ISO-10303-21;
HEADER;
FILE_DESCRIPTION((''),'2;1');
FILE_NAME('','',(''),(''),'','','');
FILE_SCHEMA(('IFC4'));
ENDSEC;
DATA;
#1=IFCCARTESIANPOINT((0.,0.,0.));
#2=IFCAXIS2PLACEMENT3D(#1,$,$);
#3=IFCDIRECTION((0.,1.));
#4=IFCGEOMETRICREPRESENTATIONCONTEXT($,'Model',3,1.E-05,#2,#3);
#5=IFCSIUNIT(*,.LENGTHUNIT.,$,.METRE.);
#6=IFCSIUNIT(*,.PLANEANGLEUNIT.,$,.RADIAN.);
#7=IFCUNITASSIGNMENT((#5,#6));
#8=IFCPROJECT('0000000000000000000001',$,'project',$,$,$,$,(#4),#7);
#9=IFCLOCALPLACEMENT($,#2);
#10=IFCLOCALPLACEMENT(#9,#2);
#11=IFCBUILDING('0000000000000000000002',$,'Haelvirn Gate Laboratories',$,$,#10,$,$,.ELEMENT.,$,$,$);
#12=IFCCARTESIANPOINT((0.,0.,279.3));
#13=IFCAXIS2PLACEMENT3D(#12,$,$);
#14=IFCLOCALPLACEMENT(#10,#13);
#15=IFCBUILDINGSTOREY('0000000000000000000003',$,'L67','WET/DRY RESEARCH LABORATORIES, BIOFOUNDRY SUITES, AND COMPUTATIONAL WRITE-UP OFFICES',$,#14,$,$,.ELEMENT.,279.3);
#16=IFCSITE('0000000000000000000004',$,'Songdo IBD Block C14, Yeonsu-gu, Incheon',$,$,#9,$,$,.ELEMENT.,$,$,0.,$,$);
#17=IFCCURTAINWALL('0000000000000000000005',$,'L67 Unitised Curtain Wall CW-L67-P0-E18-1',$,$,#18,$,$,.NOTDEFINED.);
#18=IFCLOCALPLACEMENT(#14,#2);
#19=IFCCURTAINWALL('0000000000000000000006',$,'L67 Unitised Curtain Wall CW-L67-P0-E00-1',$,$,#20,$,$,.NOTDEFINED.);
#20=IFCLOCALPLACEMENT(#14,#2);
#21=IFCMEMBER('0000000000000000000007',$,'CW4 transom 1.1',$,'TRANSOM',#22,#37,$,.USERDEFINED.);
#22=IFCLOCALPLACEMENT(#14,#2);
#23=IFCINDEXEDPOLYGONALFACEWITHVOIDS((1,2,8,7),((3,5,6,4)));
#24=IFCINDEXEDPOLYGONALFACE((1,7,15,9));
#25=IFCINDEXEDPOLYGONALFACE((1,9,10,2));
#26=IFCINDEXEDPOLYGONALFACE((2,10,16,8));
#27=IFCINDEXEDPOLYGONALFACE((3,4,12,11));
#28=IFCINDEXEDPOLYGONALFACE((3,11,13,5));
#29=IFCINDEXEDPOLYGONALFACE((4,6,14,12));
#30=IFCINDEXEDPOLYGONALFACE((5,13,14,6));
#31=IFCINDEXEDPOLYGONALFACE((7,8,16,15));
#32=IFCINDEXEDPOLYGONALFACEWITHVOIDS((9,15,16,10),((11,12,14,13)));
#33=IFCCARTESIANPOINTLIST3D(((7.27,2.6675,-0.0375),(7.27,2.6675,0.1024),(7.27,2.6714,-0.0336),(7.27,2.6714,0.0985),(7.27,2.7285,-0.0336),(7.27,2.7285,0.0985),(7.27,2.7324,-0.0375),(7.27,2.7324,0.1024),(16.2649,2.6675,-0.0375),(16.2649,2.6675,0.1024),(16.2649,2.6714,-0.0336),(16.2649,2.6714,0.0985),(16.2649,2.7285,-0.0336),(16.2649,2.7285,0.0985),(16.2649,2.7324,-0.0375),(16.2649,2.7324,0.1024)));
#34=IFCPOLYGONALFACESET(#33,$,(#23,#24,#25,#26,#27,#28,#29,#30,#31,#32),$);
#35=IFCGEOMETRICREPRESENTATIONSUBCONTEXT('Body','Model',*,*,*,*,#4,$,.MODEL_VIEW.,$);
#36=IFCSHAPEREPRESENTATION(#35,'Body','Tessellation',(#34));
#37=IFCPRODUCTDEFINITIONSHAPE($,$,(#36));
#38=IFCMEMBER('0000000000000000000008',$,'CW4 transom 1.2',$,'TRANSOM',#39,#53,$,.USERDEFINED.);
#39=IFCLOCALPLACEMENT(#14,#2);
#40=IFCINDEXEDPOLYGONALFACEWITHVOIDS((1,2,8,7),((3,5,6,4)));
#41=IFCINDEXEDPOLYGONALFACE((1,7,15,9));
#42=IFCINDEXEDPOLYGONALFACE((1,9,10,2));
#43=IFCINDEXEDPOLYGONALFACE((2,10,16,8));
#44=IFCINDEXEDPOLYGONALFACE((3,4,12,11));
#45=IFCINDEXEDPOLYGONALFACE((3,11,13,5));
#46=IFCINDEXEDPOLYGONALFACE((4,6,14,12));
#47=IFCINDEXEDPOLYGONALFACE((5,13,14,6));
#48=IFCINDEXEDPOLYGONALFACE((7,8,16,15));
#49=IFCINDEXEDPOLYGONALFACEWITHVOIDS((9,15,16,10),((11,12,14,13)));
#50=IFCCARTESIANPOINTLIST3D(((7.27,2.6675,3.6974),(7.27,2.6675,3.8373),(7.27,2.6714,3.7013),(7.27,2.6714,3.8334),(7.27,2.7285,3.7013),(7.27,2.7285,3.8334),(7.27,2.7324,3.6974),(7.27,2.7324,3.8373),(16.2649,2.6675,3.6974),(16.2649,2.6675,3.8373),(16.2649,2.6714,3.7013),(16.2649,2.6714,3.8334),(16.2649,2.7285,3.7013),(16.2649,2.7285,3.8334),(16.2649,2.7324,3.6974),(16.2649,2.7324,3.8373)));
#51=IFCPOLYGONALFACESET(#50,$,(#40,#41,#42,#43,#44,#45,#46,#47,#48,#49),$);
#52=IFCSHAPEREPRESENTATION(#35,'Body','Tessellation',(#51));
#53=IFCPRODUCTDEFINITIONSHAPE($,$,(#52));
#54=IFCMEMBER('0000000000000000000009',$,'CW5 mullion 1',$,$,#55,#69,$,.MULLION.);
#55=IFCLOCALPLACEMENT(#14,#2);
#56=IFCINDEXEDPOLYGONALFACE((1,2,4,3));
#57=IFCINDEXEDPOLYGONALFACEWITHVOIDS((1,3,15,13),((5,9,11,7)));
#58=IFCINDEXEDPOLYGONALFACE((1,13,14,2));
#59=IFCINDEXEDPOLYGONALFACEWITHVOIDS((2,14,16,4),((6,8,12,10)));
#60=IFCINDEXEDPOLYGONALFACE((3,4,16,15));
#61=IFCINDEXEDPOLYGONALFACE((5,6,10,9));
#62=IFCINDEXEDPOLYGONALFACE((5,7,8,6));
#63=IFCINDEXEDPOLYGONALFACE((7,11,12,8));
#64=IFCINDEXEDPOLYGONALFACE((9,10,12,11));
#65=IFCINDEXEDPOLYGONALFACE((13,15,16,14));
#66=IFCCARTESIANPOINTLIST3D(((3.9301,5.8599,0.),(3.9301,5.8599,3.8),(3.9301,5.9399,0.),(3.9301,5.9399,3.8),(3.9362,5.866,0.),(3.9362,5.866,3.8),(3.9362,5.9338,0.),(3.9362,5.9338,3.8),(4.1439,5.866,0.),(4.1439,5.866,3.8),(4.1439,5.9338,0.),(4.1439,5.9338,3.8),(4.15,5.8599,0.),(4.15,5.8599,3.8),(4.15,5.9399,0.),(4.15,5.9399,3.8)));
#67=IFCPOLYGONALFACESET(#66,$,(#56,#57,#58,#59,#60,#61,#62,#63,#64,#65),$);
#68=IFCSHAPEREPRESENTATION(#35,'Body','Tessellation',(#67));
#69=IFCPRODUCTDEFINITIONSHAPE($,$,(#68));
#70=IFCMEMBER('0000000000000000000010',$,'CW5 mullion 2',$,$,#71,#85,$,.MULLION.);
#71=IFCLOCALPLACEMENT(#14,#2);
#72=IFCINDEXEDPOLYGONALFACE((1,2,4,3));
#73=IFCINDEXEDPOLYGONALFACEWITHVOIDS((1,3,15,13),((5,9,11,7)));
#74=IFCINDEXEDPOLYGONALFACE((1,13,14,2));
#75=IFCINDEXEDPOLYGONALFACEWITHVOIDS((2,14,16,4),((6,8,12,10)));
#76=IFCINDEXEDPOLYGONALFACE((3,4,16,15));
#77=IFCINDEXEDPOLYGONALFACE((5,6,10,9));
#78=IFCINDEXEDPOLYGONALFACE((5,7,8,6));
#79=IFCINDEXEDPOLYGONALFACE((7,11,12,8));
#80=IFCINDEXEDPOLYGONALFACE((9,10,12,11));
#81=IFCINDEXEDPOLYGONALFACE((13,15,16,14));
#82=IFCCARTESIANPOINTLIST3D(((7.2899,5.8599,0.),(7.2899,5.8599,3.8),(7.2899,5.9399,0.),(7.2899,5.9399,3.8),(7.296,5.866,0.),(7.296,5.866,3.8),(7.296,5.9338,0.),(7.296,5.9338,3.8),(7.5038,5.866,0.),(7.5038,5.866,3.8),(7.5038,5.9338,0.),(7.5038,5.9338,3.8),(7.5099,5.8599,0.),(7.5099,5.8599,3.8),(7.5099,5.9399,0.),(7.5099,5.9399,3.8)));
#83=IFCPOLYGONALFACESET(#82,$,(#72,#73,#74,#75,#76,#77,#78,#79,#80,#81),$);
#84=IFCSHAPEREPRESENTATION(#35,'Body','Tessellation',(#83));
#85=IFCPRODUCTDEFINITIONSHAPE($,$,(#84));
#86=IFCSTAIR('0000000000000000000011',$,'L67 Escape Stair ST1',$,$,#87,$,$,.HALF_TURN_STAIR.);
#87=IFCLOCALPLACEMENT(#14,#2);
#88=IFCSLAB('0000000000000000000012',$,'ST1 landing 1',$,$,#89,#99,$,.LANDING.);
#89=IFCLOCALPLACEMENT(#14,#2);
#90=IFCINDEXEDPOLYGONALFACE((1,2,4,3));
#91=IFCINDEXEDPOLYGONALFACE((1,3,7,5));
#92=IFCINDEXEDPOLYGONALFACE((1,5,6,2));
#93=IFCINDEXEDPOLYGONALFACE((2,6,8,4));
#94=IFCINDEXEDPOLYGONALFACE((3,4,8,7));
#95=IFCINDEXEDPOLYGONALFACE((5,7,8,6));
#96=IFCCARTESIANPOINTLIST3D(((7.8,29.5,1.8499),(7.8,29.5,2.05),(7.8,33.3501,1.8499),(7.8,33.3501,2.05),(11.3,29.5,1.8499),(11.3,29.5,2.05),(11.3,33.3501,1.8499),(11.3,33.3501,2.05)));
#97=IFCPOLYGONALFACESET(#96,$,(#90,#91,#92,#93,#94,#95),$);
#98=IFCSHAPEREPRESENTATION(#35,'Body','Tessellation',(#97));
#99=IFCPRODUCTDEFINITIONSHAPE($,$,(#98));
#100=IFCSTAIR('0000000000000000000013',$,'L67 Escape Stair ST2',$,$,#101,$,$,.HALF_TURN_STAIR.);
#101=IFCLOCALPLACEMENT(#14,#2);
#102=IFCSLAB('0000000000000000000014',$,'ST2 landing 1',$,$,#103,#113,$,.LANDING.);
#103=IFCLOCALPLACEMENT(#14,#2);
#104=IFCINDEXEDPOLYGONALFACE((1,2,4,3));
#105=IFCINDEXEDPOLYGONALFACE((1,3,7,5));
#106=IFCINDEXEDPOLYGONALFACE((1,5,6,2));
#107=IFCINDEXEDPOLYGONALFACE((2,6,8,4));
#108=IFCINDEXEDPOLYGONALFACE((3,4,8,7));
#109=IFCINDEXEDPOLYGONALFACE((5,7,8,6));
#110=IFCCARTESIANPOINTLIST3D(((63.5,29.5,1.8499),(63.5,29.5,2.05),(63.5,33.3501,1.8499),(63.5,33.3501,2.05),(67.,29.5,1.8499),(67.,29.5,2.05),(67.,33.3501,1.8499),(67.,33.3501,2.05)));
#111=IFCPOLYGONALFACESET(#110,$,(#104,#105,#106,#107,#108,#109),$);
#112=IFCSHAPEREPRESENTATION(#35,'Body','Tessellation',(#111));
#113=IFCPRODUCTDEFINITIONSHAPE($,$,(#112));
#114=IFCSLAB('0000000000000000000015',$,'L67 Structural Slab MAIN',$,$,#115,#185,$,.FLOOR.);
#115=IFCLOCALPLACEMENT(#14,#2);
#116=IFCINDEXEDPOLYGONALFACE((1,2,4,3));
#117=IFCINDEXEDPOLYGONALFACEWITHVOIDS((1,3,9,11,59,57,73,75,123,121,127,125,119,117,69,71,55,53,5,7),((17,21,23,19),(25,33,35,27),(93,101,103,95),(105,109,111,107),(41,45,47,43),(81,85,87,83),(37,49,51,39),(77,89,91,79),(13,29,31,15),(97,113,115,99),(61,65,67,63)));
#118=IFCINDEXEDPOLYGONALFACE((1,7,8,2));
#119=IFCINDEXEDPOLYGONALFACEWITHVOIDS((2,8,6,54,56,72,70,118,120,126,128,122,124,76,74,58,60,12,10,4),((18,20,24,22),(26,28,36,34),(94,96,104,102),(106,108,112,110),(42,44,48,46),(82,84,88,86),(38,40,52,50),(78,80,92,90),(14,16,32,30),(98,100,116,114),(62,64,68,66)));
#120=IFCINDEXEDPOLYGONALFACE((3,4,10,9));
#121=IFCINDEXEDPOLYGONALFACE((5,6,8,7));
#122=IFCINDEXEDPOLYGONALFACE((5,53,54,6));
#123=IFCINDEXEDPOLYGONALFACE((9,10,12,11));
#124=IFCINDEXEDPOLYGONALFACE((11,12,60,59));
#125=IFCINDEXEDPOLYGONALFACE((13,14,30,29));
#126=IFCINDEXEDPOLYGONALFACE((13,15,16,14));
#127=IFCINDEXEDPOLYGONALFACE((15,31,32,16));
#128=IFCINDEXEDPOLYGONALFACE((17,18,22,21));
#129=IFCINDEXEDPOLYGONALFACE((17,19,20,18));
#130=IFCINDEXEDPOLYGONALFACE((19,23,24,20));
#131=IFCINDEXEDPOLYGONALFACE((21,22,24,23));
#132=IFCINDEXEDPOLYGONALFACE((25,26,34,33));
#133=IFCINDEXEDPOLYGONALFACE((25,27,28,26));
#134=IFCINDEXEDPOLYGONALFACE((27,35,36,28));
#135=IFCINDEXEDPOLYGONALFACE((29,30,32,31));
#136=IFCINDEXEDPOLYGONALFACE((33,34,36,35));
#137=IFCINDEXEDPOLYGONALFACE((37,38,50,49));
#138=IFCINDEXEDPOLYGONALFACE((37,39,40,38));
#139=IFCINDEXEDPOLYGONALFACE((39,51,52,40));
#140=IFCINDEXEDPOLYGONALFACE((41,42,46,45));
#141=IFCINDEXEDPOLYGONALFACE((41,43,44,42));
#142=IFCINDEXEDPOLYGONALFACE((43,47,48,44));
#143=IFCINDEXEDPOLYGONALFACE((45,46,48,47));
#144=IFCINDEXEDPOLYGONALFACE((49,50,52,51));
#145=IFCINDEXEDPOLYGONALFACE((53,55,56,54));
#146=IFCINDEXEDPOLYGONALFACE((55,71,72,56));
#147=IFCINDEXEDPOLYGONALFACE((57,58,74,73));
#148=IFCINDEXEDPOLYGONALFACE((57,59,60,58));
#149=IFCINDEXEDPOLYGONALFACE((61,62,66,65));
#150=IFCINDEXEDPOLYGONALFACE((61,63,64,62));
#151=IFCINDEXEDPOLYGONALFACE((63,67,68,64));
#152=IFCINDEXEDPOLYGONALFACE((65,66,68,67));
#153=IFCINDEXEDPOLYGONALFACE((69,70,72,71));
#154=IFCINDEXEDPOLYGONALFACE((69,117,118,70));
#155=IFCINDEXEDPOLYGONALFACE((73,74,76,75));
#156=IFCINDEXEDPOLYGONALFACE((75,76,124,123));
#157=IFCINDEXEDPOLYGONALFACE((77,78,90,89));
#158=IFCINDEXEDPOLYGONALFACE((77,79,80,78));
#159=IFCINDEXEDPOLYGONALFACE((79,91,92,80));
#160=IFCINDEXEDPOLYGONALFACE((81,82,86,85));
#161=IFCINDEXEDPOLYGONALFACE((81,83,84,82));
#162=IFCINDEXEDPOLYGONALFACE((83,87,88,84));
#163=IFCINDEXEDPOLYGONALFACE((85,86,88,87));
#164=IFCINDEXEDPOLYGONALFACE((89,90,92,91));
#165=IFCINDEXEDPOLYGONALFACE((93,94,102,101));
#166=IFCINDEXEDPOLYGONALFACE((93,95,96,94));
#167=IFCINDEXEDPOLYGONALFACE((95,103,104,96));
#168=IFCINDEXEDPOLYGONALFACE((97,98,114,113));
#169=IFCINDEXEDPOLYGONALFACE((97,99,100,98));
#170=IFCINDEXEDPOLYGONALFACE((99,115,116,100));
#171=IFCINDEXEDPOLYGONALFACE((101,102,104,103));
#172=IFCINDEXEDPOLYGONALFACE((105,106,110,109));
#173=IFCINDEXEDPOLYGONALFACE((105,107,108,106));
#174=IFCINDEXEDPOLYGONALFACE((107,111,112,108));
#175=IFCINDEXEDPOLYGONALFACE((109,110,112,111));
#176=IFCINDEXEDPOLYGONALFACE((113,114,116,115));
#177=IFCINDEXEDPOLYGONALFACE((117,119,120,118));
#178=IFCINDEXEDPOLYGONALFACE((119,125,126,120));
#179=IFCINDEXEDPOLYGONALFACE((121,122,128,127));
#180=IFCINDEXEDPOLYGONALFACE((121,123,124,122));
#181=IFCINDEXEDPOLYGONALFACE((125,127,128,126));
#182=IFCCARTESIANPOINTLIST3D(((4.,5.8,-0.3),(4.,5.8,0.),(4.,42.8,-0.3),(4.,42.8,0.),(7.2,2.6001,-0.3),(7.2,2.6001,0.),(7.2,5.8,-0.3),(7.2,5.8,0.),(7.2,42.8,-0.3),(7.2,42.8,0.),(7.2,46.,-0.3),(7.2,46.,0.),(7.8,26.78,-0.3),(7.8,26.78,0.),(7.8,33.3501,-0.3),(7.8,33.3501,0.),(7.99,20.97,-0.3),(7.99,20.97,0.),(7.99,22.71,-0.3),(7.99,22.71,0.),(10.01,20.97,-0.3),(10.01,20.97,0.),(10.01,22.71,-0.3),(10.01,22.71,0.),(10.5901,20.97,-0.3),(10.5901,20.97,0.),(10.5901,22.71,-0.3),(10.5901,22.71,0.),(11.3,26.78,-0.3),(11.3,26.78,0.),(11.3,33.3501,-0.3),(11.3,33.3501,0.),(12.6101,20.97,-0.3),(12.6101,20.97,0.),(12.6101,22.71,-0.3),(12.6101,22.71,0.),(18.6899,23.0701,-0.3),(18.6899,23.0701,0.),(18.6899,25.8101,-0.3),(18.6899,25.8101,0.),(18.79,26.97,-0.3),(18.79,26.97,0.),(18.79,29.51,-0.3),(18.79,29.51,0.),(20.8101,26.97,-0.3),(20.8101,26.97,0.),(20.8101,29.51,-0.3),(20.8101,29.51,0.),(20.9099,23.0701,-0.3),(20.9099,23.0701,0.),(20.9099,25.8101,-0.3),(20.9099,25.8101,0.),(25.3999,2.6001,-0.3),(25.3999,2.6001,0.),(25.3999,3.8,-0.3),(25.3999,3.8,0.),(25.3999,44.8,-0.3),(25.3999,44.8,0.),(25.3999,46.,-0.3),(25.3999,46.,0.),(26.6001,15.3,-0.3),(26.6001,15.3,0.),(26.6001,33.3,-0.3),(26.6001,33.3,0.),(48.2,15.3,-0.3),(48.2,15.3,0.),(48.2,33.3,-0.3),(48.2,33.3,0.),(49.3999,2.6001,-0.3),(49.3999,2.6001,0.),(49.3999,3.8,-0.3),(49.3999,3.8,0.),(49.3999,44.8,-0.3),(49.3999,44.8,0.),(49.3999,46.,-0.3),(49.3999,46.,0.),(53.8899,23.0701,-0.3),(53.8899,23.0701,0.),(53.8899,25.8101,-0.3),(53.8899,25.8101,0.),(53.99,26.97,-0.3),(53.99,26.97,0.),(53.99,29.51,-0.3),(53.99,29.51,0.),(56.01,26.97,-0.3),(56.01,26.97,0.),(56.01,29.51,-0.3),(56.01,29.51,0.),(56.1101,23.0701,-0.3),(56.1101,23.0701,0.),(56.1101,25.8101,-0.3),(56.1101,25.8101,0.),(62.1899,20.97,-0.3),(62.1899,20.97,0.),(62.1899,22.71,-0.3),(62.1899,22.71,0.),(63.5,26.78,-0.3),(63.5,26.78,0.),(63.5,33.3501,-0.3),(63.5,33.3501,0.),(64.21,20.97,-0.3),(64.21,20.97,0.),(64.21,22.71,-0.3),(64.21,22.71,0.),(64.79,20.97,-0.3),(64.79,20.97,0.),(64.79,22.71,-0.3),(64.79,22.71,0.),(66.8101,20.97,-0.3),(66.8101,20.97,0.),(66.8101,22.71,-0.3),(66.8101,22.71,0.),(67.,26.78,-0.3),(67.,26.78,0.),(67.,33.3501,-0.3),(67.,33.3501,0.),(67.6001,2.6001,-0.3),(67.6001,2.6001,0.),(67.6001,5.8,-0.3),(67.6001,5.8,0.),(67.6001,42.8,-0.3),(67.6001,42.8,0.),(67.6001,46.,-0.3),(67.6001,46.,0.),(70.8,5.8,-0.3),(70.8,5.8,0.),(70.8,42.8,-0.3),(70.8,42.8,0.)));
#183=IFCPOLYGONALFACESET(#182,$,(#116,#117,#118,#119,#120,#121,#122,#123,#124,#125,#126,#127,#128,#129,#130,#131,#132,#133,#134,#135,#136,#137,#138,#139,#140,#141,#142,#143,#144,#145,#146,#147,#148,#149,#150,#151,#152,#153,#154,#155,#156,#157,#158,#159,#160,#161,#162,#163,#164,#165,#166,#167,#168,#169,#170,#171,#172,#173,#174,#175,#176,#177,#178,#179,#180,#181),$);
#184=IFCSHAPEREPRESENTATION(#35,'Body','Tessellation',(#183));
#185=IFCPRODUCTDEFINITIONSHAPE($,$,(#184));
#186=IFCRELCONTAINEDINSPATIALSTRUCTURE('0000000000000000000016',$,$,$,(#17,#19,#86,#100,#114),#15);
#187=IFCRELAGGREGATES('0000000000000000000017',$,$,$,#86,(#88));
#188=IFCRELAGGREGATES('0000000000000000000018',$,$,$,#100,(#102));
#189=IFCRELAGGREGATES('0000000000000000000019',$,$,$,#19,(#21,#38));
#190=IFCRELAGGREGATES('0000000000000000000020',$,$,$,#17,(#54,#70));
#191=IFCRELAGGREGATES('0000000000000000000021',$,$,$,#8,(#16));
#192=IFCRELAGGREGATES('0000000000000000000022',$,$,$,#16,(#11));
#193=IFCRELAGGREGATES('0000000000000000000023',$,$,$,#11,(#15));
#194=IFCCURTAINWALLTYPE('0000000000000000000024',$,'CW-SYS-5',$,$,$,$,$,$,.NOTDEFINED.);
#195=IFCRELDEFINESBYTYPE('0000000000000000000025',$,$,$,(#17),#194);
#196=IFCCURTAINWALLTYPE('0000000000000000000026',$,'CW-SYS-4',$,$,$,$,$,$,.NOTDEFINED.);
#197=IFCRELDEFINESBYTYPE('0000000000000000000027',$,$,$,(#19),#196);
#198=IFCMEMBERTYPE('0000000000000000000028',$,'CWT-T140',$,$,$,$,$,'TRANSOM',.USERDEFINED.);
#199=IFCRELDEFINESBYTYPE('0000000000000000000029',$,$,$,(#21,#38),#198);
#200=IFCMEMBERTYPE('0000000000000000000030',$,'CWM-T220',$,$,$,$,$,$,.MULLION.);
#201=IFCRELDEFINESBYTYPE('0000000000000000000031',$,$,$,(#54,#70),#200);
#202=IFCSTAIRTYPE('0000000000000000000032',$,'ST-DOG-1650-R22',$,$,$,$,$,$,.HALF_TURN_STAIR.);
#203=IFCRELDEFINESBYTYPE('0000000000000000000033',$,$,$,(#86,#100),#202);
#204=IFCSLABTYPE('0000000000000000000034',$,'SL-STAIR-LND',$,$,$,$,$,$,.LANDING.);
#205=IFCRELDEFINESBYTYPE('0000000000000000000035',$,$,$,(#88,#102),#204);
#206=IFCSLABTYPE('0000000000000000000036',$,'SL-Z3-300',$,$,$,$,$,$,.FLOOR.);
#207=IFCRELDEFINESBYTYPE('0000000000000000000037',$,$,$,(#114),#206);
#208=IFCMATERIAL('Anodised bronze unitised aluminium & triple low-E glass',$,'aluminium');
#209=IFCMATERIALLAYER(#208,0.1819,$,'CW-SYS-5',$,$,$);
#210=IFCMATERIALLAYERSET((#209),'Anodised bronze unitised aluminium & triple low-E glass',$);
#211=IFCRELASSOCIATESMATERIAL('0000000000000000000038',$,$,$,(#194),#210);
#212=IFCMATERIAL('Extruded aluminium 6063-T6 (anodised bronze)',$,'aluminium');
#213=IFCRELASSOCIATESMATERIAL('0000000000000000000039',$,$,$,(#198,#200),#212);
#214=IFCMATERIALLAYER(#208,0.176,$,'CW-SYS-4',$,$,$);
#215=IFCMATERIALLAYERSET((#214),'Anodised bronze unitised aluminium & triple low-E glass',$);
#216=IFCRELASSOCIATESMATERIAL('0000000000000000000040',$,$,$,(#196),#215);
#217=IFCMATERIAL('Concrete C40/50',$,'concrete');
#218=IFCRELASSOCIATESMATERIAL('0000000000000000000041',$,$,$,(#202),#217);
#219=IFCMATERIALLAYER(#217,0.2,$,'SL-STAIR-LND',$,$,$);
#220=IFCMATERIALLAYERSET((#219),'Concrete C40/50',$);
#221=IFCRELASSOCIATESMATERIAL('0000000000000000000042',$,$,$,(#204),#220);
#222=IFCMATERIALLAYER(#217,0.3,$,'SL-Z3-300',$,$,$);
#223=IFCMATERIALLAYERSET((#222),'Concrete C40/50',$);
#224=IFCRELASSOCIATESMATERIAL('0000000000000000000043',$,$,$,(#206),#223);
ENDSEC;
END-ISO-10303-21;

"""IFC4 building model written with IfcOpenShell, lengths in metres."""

from ifc_helpers import new_model, si_unit, direction, frame, origin, origin_2d, place, context, subcontext, project, spatial, polyline, hollow_rectangle, outline, extrude, source, transform, mapped, material, layer, layer_set, material_profile, profile_set, type_object, type_shapes, element, aggregate, save


model = new_model("IFC4")

# Units and contexts
model_context = context("Model", 3, precision=1e-05, world=origin(), true_north=direction((0.0, 1.0)))
body_context = subcontext(model_context, "Body", "Model", "MODEL_VIEW")
ifc_project = project(units=[si_unit("LENGTHUNIT", "METRE"), si_unit("PLANEANGLEUNIT", "RADIAN")], contexts=[model_context])

# Site, building, storey
site_placement = place(None, origin())
site = spatial("IfcSite", under=ifc_project, at=site_placement, Name="Songdo IBD Block C14, Yeonsu-gu, Incheon", CompositionType="ELEMENT", RefElevation=0.0)
building_placement = place(site_placement, origin())
building = spatial("IfcBuilding", under=site, at=building_placement, Name="Haelvirn Gate Laboratories", CompositionType="ELEMENT")
storey_placement = place(building_placement, frame((0.0, 0.0, 279.3)))
storey = spatial("IfcBuildingStorey", under=building, at=storey_placement, Name="L67", Description="WET/DRY RESEARCH LABORATORIES, BIOFOUNDRY SUITES, AND COMPUTATIONAL WRITE-UP OFFICES", CompositionType="ELEMENT", Elevation=279.3)

# Curtain wall
ifc_material_1 = material(Name="Anodised bronze unitised aluminium & triple low-E glass", Category="aluminium")
ifc_layer_1 = layer(ifc_material_1, 0.1819, Name="CW-SYS-5")
ifc_layer_set_1 = layer_set([ifc_layer_1], Name="Anodised bronze unitised aluminium & triple low-E glass")
curtain_wall_type_1 = type_object("IfcCurtainWallType", Name="CW-SYS-5", PredefinedType="NOTDEFINED", material=ifc_layer_set_1)
curtain_wall_1_placement = place(storey_placement, origin())
curtain_wall_1 = element("IfcCurtainWall", 1, at=curtain_wall_1_placement, inside=storey, type_object=curtain_wall_type_1, Name="L67 Unitised Curtain Wall CW-L67-P0-E18-1", PredefinedType="NOTDEFINED")
ifc_material_2 = material(Name="Extruded aluminium 6063-T6 (anodised bronze)", Category="aluminium")
ifc_material_profile_1 = material_profile(ifc_material_2, hollow_rectangle(XDim=0.0649, YDim=0.1399, WallThickness=0.0039, at=origin_2d()), Name="CWT-140x65x4")
ifc_profile_set_1 = profile_set([ifc_material_profile_1], Name="Extruded aluminium 6063-T6 (anodised bronze)")
member_type_1 = type_object("IfcMemberType", Name="CWT-T140", ElementType="TRANSOM", PredefinedType="USERDEFINED", material=ifc_profile_set_1)

# Curtain wall
ifc_layer_2 = layer(ifc_material_1, 0.176, Name="CW-SYS-4")
ifc_layer_set_2 = layer_set([ifc_layer_2], Name="Anodised bronze unitised aluminium & triple low-E glass")
curtain_wall_type_2 = type_object("IfcCurtainWallType", Name="CW-SYS-4", PredefinedType="NOTDEFINED", material=ifc_layer_set_2)
curtain_wall_2_placement = place(storey_placement, origin())
curtain_wall_2 = element("IfcCurtainWall", 2, at=curtain_wall_2_placement, inside=storey, type_object=curtain_wall_type_2, Name="L67 Unitised Curtain Wall CW-L67-P0-E00-1", PredefinedType="NOTDEFINED")

# Members
shared_shape_1 = source(origin(), body_context, "Body", "SweptSolid", [
    extrude(hollow_rectangle(XDim=0.0649, YDim=0.1399, WallThickness=0.0039, at=origin_2d()), origin(), (0.0, 0.0, 1.0), 8.9949),
])
member_1_placement = place(storey_placement, frame((7.27, 2.7, 0.0325), z_axis=(1.0, 0.0, 0.0), x_axis=(0.0, 1.0, 0.0)))
member_1 = element("IfcMember", 3, at=member_1_placement, type_object=member_type_1, Name="CW4 transom 1.1", ObjectType="TRANSOM", PredefinedType="USERDEFINED", context=body_context, shape_type="MappedRepresentation", body=[
    mapped(shared_shape_1, transform((0.0, 0.0, 0.0), scale=1.0)),
])
member_2_placement = place(storey_placement, frame((7.27, 2.7, 3.7673), z_axis=(1.0, 0.0, 0.0), x_axis=(0.0, 1.0, 0.0)))
member_2 = element("IfcMember", 4, at=member_2_placement, type_object=member_type_1, Name="CW4 transom 1.2", ObjectType="TRANSOM", PredefinedType="USERDEFINED", context=body_context, shape_type="MappedRepresentation", body=[
    mapped(shared_shape_1, transform((0.0, 0.0, 0.0), scale=1.0)),
])
ifc_material_profile_2 = material_profile(ifc_material_2, hollow_rectangle(XDim=0.0801, YDim=0.22, WallThickness=0.0061, at=origin_2d()), Name="CWM-220x80x6")
ifc_profile_set_2 = profile_set([ifc_material_profile_2], Name="Extruded aluminium 6063-T6 (anodised bronze)")
member_type_2 = type_object("IfcMemberType", Name="CWM-T220", PredefinedType="MULLION", material=ifc_profile_set_2)
shared_shape_2 = source(origin(), body_context, "Body", "SweptSolid", [
    extrude(hollow_rectangle(XDim=0.0801, YDim=0.22, WallThickness=0.0061, at=origin_2d()), origin(), (0.0, 0.0, 1.0), 3.8),
])
type_shapes(member_type_2, [shared_shape_2])
member_3_placement = place(storey_placement, frame((4.04, 5.8999, 0.0), z_axis=(0.0, 0.0, 1.0), x_axis=(0.0, 1.0, 0.0)))
member_3 = element("IfcMember", 5, at=member_3_placement, type_object=member_type_2, Name="CW5 mullion 1", PredefinedType="MULLION", context=body_context, shape_type="MappedRepresentation", body=[
    mapped(shared_shape_2, transform((0.0, 0.0, 0.0), scale=1.0)),
])
member_4_placement = place(storey_placement, frame((7.3999, 5.8999, 0.0), z_axis=(0.0, 0.0, 1.0), x_axis=(0.0, 1.0, 0.0)))
member_4 = element("IfcMember", 6, at=member_4_placement, type_object=member_type_2, Name="CW5 mullion 2", PredefinedType="MULLION", context=body_context, shape_type="MappedRepresentation", body=[
    mapped(shared_shape_2, transform((0.0, 0.0, 0.0), scale=1.0)),
])

# Stairs, slabs
ifc_material_3 = material(Name="Concrete C40/50", Category="concrete")
stair_type = type_object("IfcStairType", Name="ST-DOG-1650-R22", PredefinedType="HALF_TURN_STAIR", material=ifc_material_3)
stair_1_placement = place(storey_placement, origin())
stair_1 = element("IfcStair", 7, at=stair_1_placement, inside=storey, type_object=stair_type, Name="L67 Escape Stair ST1", PredefinedType="HALF_TURN_STAIR")
ifc_layer_3 = layer(ifc_material_3, 0.2, Name="SL-STAIR-LND")
ifc_layer_set_3 = layer_set([ifc_layer_3], Name="Concrete C40/50")
slab_type_1 = type_object("IfcSlabType", Name="SL-STAIR-LND", PredefinedType="LANDING", material=ifc_layer_set_3)
slab_1_placement = place(storey_placement, frame((0.0, 0.0, 1.8499)))
slab_1 = element("IfcSlab", 8, at=slab_1_placement, type_object=slab_type_1, Name="ST1 landing 1", PredefinedType="LANDING", context=body_context, shape_type="SweptSolid", body=[
    extrude(outline(polyline([(11.3, 29.5), (11.3, 33.3501), (7.8, 33.3501), (7.8, 29.5), (11.3, 29.5)])), origin(), (0.0, 0.0, 1.0), 0.2002),
])
aggregate(stair_1, [slab_1])
stair_2_placement = place(storey_placement, origin())
stair_2 = element("IfcStair", 9, at=stair_2_placement, inside=storey, type_object=stair_type, Name="L67 Escape Stair ST2", PredefinedType="HALF_TURN_STAIR")
slab_2_placement = place(storey_placement, frame((0.0, 0.0, 1.8499)))
slab_2 = element("IfcSlab", 10, at=slab_2_placement, type_object=slab_type_1, Name="ST2 landing 1", PredefinedType="LANDING", context=body_context, shape_type="SweptSolid", body=[
    extrude(outline(polyline([(67.0, 29.5), (67.0, 33.3501), (63.5, 33.3501), (63.5, 29.5), (67.0, 29.5)])), origin(), (0.0, 0.0, 1.0), 0.2002),
])
aggregate(stair_2, [slab_2])

# Slab
ifc_layer_4 = layer(ifc_material_3, 0.3, Name="SL-Z3-300")
ifc_layer_set_4 = layer_set([ifc_layer_4], Name="Concrete C40/50")
slab_type_2 = type_object("IfcSlabType", Name="SL-Z3-300", PredefinedType="FLOOR", material=ifc_layer_set_4)
slab_3_placement = place(storey_placement, frame((0.0, 0.0, -0.3)))
element("IfcSlab", 11, at=slab_3_placement, inside=storey, type_object=slab_type_2, Name="L67 Structural Slab MAIN", PredefinedType="FLOOR", context=body_context, shape_type="SweptSolid", body=[
    extrude(outline(polyline([(7.2, 2.6001), (25.3999, 2.6001), (25.3999, 3.8), (49.3999, 3.8), (49.3999, 2.6001), (67.6001, 2.6001), (67.6001, 5.8), (70.8, 5.8), (70.8, 42.8), (67.6001, 42.8), (67.6001, 46.0), (49.3999, 46.0), (49.3999, 44.8), (25.3999, 44.8), (25.3999, 46.0), (7.2, 46.0), (7.2, 42.8), (4.0, 42.8), (4.0, 5.8), (7.2, 5.8), (7.2, 2.6001)]), holes=[polyline([(26.6001, 15.3), (48.2, 15.3), (48.2, 33.3), (26.6001, 33.3), (26.6001, 15.3)]), polyline([(11.3, 26.78), (11.3, 33.3501), (7.8, 33.3501), (7.8, 26.78), (11.3, 26.78)]), polyline([(67.0, 26.78), (67.0, 33.3501), (63.5, 33.3501), (63.5, 26.78), (67.0, 26.78)]), polyline([(7.99, 20.97), (10.01, 20.97), (10.01, 22.71), (7.99, 22.71), (7.99, 20.97)]), polyline([(10.5901, 20.97), (12.6101, 20.97), (12.6101, 22.71), (10.5901, 22.71), (10.5901, 20.97)]), polyline([(18.79, 26.97), (20.8101, 26.97), (20.8101, 29.51), (18.79, 29.51), (18.79, 26.97)]), polyline([(18.6899, 23.0701), (20.9099, 23.0701), (20.9099, 25.8101), (18.6899, 25.8101), (18.6899, 23.0701)]), polyline([(64.79, 20.97), (66.8101, 20.97), (66.8101, 22.71), (64.79, 22.71), (64.79, 20.97)]), polyline([(62.1899, 20.97), (64.21, 20.97), (64.21, 22.71), (62.1899, 22.71), (62.1899, 20.97)]), polyline([(53.99, 26.97), (56.01, 26.97), (56.01, 29.51), (53.99, 29.51), (53.99, 26.97)]), polyline([(53.8899, 23.0701), (56.1101, 23.0701), (56.1101, 25.8101), (53.8899, 25.8101), (53.8899, 23.0701)])]), origin(), (0.0, 0.0, 1.0), 0.3),
])

aggregate(curtain_wall_2, [member_1, member_2])
aggregate(curtain_wall_1, [member_3, member_4])

save(model, "model.ifc")
